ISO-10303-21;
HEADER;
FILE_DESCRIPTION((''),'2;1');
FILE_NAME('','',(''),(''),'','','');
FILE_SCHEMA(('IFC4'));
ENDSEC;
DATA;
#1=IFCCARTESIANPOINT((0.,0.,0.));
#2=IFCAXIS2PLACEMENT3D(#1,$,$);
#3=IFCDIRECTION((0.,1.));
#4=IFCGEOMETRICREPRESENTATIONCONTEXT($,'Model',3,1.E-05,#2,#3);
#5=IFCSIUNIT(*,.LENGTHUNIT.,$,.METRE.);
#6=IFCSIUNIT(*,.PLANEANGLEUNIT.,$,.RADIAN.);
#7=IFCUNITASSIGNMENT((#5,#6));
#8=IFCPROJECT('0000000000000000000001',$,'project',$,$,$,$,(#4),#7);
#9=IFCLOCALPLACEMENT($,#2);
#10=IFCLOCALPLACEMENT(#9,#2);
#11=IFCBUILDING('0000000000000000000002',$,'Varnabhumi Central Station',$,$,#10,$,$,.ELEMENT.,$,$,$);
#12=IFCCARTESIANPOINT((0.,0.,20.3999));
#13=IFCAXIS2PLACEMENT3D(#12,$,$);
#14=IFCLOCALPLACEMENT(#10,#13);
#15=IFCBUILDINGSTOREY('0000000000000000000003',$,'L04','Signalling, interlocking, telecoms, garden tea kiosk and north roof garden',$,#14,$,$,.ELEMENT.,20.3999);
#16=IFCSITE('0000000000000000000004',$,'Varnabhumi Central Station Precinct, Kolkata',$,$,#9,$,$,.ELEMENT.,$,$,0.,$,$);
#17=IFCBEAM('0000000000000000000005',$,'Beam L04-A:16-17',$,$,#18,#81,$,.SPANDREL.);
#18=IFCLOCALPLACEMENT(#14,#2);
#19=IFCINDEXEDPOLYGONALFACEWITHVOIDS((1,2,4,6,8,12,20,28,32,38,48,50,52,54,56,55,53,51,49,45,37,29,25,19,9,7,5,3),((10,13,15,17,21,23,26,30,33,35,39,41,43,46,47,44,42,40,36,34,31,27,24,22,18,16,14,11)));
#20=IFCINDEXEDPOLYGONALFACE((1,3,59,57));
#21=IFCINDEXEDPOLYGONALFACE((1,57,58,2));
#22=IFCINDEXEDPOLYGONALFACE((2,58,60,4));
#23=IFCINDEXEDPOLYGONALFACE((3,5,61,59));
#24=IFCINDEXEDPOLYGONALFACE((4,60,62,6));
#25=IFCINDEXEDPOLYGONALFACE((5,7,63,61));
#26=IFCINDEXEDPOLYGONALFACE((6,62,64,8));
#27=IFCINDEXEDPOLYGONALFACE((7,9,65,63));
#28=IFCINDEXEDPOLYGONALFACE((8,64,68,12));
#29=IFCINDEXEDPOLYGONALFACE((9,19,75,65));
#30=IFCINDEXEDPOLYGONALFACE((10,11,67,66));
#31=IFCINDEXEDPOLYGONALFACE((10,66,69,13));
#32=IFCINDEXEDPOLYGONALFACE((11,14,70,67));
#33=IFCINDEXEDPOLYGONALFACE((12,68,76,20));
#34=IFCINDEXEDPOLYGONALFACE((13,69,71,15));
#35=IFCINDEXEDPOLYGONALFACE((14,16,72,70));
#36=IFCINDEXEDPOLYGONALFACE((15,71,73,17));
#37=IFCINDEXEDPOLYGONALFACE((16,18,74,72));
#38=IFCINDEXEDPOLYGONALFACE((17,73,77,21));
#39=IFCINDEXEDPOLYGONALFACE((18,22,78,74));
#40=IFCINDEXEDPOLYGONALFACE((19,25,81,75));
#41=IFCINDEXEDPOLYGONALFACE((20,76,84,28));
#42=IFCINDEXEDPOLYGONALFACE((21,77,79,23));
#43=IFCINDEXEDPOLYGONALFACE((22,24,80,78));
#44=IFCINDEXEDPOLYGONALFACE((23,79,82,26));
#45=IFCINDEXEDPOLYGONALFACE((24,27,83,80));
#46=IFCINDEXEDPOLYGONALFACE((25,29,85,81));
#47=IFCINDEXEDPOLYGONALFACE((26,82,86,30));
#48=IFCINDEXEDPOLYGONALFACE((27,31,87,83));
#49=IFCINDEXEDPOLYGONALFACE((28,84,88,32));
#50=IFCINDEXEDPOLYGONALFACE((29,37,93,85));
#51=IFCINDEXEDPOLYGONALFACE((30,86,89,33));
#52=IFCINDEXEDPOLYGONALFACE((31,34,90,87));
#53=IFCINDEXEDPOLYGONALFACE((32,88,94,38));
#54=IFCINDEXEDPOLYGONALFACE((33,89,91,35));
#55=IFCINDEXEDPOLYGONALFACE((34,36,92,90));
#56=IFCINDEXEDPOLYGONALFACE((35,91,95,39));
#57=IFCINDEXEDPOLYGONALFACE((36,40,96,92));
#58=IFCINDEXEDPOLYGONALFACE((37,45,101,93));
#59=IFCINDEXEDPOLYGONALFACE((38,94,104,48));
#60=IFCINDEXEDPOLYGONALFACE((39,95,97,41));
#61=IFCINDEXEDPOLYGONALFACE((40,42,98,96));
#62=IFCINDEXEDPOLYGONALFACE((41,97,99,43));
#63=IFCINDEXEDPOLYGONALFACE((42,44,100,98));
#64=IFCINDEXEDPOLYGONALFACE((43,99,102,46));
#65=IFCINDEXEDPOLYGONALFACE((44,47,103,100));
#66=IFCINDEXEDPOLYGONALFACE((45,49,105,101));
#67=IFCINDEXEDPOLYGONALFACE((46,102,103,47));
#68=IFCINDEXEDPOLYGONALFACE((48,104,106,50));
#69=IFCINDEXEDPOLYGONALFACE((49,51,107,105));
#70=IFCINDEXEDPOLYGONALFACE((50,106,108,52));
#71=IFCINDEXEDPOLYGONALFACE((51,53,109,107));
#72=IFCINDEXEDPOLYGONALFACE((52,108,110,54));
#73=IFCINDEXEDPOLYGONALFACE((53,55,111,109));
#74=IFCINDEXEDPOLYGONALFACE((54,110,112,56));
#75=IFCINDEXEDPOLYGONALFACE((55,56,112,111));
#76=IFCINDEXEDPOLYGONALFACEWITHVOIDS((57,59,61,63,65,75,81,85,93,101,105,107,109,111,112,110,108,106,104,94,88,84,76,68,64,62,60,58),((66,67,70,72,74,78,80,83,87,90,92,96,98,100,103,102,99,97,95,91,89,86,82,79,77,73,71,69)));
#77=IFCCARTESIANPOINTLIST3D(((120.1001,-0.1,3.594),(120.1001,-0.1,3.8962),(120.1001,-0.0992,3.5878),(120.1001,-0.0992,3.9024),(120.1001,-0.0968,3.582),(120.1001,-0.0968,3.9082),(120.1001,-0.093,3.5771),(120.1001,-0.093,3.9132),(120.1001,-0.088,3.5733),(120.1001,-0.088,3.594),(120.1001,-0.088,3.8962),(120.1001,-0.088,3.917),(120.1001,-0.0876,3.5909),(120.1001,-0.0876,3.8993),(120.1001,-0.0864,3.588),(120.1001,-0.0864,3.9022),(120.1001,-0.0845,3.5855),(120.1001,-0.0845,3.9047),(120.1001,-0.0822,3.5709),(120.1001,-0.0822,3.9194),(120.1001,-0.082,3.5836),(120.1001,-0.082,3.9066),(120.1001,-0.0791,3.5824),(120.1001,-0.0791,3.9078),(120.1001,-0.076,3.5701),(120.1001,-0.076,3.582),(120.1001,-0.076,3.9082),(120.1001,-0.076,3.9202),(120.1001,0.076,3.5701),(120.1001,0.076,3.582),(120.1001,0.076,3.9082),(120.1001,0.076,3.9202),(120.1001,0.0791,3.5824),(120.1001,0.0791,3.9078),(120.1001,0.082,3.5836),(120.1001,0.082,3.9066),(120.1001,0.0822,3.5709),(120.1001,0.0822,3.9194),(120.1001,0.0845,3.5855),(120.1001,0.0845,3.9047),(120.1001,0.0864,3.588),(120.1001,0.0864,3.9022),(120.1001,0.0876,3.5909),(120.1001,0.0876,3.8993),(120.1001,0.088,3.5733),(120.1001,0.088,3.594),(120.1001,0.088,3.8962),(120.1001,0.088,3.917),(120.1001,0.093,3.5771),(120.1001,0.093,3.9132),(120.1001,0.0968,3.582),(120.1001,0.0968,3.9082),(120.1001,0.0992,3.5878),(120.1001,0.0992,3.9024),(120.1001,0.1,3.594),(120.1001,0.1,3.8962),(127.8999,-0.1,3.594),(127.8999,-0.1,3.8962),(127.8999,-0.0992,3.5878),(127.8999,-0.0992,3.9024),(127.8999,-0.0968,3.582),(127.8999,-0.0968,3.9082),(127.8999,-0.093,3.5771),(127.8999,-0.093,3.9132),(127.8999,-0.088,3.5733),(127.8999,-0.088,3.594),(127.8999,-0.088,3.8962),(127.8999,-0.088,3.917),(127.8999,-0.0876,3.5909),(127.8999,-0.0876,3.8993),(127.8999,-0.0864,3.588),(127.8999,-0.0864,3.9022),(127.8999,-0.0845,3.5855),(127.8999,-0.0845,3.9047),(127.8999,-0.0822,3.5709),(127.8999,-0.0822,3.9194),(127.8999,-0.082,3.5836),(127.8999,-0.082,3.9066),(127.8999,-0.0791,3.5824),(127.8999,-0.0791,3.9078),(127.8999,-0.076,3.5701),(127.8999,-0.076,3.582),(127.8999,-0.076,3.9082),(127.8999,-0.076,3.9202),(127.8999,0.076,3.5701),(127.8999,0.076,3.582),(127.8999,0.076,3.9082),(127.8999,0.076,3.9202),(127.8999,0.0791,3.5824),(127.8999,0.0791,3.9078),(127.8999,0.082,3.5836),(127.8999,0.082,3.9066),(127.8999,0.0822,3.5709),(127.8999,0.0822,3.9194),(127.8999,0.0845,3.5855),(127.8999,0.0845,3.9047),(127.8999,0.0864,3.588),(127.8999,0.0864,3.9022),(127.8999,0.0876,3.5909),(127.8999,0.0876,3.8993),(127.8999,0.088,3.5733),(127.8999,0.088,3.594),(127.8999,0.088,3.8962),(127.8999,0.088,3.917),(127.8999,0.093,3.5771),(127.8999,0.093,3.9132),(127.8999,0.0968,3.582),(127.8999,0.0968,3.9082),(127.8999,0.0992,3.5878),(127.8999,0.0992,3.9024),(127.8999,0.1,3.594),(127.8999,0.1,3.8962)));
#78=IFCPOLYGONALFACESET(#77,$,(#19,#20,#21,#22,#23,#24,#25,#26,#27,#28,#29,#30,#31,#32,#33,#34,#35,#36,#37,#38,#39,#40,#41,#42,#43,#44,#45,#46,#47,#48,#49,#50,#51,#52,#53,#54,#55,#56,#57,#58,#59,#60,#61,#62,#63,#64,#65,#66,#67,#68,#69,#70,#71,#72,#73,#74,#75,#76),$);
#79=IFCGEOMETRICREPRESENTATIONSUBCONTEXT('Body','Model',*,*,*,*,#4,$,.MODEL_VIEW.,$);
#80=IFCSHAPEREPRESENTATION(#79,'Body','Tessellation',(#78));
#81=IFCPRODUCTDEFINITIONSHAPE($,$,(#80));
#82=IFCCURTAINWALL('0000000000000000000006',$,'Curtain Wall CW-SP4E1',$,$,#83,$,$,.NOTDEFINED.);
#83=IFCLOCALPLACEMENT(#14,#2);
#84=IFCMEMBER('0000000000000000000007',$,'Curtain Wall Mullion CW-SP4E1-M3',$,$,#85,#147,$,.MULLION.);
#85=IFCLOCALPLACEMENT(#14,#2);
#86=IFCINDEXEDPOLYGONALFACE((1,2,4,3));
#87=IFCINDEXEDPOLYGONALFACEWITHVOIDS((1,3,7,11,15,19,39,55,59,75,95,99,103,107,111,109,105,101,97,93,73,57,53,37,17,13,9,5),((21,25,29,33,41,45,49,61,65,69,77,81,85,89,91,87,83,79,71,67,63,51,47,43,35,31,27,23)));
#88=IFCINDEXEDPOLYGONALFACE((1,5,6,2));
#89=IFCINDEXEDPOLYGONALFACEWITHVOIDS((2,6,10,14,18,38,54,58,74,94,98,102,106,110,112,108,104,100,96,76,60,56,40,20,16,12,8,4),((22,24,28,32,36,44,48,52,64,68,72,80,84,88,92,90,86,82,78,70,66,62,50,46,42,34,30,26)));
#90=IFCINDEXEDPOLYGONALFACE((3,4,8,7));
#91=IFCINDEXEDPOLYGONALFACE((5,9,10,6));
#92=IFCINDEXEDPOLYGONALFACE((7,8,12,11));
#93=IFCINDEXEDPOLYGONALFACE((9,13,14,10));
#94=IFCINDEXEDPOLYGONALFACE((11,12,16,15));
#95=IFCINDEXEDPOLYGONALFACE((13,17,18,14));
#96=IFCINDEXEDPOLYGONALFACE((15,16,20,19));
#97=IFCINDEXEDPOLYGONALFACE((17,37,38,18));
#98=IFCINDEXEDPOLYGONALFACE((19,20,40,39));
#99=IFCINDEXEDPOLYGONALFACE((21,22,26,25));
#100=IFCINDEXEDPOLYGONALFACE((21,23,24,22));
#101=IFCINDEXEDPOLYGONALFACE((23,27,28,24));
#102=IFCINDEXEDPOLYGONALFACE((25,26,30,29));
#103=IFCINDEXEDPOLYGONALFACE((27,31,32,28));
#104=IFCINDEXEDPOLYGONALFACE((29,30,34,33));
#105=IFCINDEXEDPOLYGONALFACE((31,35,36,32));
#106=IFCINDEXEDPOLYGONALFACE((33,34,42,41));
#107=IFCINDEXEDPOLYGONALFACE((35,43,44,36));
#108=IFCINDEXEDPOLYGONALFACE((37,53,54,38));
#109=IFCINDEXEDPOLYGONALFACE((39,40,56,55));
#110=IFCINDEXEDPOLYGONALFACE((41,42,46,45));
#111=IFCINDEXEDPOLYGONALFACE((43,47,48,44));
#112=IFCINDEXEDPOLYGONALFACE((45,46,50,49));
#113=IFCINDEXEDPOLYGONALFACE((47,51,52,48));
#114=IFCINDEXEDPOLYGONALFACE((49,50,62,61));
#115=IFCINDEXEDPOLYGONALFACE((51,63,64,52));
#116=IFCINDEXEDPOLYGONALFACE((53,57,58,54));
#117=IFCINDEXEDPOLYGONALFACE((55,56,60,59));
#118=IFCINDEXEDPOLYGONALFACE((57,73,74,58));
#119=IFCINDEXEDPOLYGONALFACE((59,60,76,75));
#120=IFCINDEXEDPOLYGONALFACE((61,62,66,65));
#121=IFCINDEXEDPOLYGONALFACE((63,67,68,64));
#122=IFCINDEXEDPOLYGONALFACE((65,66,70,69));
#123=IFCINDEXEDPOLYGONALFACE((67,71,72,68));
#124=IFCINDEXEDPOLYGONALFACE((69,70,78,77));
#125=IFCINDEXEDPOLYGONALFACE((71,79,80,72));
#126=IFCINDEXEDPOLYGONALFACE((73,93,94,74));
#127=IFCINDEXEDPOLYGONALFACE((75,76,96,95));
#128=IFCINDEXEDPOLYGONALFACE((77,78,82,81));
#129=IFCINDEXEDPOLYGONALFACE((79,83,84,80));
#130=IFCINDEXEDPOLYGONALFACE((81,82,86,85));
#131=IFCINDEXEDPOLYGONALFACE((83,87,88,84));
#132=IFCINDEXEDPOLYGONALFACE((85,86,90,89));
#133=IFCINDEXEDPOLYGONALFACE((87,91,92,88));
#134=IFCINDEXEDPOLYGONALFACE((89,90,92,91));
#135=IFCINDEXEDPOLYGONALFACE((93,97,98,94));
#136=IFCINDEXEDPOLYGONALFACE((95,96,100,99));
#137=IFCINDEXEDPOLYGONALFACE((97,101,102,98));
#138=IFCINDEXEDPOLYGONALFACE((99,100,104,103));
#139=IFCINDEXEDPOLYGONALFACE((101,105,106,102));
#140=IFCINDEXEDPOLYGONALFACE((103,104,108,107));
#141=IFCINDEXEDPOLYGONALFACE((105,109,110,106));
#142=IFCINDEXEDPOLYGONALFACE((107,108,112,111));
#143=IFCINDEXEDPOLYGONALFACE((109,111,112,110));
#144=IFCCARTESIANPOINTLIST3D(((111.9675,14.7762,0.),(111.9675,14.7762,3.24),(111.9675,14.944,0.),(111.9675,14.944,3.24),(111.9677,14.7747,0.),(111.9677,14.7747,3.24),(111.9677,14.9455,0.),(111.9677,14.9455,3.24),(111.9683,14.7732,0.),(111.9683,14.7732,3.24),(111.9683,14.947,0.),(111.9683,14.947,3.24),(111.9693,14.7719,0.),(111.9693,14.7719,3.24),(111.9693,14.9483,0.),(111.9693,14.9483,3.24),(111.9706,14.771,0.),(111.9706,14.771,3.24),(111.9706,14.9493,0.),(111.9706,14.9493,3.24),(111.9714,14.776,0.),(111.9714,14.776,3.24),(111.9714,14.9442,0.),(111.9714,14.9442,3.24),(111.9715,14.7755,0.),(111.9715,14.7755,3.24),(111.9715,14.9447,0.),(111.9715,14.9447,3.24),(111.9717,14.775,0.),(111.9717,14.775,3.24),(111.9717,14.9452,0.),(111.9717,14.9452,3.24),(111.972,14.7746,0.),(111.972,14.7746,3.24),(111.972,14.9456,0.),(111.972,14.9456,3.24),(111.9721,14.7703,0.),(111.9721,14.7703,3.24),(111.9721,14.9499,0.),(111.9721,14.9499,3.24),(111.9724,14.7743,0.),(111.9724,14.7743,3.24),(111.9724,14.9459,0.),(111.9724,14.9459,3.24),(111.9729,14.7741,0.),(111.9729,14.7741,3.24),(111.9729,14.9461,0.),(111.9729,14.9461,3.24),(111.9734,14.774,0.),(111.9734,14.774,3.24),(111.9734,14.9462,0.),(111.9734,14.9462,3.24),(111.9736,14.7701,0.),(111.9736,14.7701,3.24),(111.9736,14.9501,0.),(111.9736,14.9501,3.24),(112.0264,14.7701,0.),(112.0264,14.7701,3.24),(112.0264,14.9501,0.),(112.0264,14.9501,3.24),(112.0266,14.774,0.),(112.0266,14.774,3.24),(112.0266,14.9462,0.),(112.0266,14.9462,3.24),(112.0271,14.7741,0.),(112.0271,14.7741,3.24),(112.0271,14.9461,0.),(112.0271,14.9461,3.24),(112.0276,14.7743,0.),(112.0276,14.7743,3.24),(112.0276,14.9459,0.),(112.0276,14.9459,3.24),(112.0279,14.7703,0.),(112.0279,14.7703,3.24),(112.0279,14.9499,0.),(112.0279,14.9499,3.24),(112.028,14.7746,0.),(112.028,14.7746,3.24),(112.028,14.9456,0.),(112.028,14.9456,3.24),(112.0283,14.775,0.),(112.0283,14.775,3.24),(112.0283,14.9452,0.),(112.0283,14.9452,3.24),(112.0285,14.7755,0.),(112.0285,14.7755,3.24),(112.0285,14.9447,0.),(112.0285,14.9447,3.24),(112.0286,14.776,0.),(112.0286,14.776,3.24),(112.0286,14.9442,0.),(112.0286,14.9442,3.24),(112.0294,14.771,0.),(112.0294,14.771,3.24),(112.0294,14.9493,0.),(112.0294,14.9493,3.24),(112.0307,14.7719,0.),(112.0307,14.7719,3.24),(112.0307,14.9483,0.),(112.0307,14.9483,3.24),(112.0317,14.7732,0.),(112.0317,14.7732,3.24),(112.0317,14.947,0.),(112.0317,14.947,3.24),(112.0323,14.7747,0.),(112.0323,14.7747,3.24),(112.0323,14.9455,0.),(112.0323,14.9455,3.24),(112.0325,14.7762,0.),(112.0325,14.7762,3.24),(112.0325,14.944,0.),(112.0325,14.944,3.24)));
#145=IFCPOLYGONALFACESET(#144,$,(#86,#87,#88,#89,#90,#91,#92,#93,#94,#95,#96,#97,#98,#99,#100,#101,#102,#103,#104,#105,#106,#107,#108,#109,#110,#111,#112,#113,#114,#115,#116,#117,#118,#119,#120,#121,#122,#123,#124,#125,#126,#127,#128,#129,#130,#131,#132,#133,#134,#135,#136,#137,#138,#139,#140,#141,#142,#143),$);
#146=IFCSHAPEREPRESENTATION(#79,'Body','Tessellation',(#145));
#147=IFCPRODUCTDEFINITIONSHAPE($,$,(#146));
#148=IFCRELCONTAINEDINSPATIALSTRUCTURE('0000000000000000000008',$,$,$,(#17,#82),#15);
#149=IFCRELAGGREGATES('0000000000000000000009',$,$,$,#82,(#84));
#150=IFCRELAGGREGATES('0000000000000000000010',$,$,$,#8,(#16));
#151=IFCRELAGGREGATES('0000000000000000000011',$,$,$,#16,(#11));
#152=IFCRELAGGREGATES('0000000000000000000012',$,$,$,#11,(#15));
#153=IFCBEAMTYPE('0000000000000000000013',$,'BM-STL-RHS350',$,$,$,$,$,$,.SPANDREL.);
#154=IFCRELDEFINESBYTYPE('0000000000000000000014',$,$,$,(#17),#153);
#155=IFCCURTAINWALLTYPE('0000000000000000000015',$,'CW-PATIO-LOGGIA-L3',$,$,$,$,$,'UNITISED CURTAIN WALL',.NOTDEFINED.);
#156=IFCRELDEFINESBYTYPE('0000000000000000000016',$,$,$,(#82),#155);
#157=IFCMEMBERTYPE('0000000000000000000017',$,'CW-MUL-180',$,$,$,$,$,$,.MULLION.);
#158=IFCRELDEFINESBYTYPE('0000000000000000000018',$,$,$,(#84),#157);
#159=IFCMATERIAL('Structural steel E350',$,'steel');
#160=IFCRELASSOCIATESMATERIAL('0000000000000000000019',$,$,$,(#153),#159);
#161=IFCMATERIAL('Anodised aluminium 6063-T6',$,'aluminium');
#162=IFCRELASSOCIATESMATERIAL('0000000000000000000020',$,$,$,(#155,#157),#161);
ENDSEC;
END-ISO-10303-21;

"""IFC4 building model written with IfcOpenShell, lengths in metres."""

from ifc_helpers import new_model, si_unit, direction, frame, origin, origin_2d, place, context, subcontext, project, spatial, hollow_rectangle, extrude, material, material_profile, profile_set, type_object, element, aggregate, save


model = new_model("IFC4")

# Units and contexts
model_context = context("Model", 3, precision=1e-05, world=origin(), true_north=direction((0.0, 1.0)))
body_context = subcontext(model_context, "Body", "Model", "MODEL_VIEW")
ifc_project = project(units=[si_unit("LENGTHUNIT", "METRE"), si_unit("PLANEANGLEUNIT", "RADIAN")], contexts=[model_context])

# Site, building, storey
site_placement = place(None, origin())
site = spatial("IfcSite", under=ifc_project, at=site_placement, Name="Varnabhumi Central Station Precinct, Kolkata", CompositionType="ELEMENT", RefElevation=0.0)
building_placement = place(site_placement, origin())
building = spatial("IfcBuilding", under=site, at=building_placement, Name="Varnabhumi Central Station", CompositionType="ELEMENT")
storey_placement = place(building_placement, frame((0.0, 0.0, 20.3999)))
storey = spatial("IfcBuildingStorey", under=building, at=storey_placement, Name="L04", Description="Signalling, interlocking, telecoms, garden tea kiosk and north roof garden", CompositionType="ELEMENT", Elevation=20.3999)

# Beam
ifc_material_1 = material(Name="Structural steel E350", Category="steel")
ifc_material_profile_1 = material_profile(ifc_material_1, hollow_rectangle(XDim=0.2, YDim=0.3501, WallThickness=0.012, InnerFilletRadius=0.012, OuterFilletRadius=0.0239, at=origin_2d()), Name="Structural steel E350", Category="steel")
ifc_profile_set_1 = profile_set([ifc_material_profile_1], Name="Structural steel E350")
beam_type_1 = type_object("IfcBeamType", Name="BM-STL-RHS350", PredefinedType="SPANDREL", material=ifc_profile_set_1)
for number, where, z_axis, x_axis, name in (
    (1, (120.1001, 0.0, 3.7451), (1.0, 0.0, 0.0), (0.0, 1.0, 0.0), "Beam L04-A:16-17"),
):
    element("IfcBeam", number, at=place(storey_placement, frame(where, z_axis=z_axis, x_axis=x_axis)), inside=storey, type_object=beam_type_1, Name=name, PredefinedType="SPANDREL", context=body_context, shape_type="SweptSolid", body=[
        extrude(hollow_rectangle(XDim=0.2, YDim=0.3501, WallThickness=0.012, InnerFilletRadius=0.012, OuterFilletRadius=0.0239, at=origin_2d()), origin(), (0.0, 0.0, 1.0), 7.7998),
    ])

# Curtain wall, member
ifc_material_2 = material(Name="Anodised aluminium 6063-T6", Category="aluminium")
curtain_wall_type = type_object("IfcCurtainWallType", Name="CW-PATIO-LOGGIA-L3", ElementType="UNITISED CURTAIN WALL", PredefinedType="NOTDEFINED", material=ifc_material_2)
curtain_wall_1_placement = place(storey_placement, origin())
curtain_wall_1 = element("IfcCurtainWall", 2, at=curtain_wall_1_placement, inside=storey, type_object=curtain_wall_type, Name="Curtain Wall CW-SP4E1", PredefinedType="NOTDEFINED")
ifc_material_profile_2 = material_profile(ifc_material_2, hollow_rectangle(XDim=0.0649, YDim=0.1799, WallThickness=0.0039, InnerFilletRadius=0.002, OuterFilletRadius=0.0061, at=origin_2d()), Name="Anodised aluminium 6063-T6", Category="aluminium")
ifc_profile_set_2 = profile_set([ifc_material_profile_2], Name="Anodised aluminium 6063-T6")
member_type_1 = type_object("IfcMemberType", Name="CW-MUL-180", PredefinedType="MULLION", material=ifc_profile_set_2)
member_1_placement = place(storey_placement, frame((112.0, 14.8601, 0.0), z_axis=(0.0, 0.0, 1.0), x_axis=(1.0, 0.0, 0.0)))
member_1 = element("IfcMember", 3, at=member_1_placement, type_object=member_type_1, Name="Curtain Wall Mullion CW-SP4E1-M3", PredefinedType="MULLION", context=body_context, shape_type="SweptSolid", body=[
    extrude(hollow_rectangle(XDim=0.0649, YDim=0.1799, WallThickness=0.0039, InnerFilletRadius=0.002, OuterFilletRadius=0.0061, at=origin_2d()), origin(), (0.0, 0.0, 1.0), 3.24),
])

aggregate(curtain_wall_1, [member_1])

save(model, "model.ifc")
